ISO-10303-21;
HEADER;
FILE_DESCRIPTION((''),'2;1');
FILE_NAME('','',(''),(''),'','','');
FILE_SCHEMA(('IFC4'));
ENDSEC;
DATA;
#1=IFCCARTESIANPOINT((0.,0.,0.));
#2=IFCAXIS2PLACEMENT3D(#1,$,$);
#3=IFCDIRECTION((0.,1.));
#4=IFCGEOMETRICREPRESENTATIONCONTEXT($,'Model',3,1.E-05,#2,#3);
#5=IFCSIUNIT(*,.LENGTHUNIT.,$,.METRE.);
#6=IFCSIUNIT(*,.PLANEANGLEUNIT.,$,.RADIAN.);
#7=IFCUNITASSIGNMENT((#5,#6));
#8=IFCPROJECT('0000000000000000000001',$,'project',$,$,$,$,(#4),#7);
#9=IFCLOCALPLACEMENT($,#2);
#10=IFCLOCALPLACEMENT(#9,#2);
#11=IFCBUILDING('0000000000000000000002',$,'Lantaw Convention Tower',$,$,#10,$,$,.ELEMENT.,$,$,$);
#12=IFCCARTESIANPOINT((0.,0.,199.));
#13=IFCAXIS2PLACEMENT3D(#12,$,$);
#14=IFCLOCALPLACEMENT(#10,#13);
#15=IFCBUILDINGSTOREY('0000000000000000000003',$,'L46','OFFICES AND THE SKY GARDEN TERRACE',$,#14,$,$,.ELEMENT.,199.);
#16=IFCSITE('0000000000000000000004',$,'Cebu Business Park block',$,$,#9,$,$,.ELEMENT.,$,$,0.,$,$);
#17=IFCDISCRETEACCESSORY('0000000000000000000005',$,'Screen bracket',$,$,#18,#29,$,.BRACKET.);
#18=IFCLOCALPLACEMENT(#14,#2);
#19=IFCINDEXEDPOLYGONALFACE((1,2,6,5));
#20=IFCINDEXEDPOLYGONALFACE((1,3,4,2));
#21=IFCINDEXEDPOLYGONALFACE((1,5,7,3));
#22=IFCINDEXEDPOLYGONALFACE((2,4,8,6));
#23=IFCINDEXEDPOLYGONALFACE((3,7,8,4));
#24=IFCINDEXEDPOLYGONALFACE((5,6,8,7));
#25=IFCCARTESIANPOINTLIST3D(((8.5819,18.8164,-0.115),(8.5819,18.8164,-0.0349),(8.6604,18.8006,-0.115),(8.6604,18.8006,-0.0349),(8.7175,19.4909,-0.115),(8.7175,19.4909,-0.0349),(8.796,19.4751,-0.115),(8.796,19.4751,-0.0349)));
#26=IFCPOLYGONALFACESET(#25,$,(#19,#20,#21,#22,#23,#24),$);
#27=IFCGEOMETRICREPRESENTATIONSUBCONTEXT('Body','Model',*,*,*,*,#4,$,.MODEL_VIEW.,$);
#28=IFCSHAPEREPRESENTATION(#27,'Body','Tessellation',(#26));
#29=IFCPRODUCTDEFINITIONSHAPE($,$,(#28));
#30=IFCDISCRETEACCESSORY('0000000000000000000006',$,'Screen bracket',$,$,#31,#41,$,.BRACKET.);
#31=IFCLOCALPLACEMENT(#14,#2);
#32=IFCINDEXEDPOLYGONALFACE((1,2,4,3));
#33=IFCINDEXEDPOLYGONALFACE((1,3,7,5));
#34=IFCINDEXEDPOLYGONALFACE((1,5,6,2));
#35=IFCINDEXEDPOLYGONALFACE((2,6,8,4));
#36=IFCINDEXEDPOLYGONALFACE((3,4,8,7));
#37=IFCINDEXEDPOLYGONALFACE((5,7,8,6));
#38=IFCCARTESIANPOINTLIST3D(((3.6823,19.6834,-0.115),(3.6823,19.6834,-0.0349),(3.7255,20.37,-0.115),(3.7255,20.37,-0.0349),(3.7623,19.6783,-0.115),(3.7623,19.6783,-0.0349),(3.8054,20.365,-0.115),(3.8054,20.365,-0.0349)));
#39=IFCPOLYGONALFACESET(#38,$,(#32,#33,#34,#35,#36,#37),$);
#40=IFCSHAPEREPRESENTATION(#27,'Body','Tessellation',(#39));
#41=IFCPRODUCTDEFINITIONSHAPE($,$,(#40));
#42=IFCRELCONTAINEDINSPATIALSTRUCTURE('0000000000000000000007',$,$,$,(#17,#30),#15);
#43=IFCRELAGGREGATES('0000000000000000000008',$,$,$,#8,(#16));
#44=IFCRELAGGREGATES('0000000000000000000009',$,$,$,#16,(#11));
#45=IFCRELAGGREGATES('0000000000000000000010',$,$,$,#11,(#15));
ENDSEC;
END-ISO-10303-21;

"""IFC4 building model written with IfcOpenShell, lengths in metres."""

from ifc_helpers import new_model, si_unit, direction, frame, origin, origin_2d, place, context, subcontext, project, spatial, rectangle, extrude, element, save


model = new_model("IFC4")

# Units and contexts
model_context = context("Model", 3, precision=1e-05, world=origin(), true_north=direction((0.0, 1.0)))
body_context = subcontext(model_context, "Body", "Model", "MODEL_VIEW")
ifc_project = project(units=[si_unit("LENGTHUNIT", "METRE"), si_unit("PLANEANGLEUNIT", "RADIAN")], contexts=[model_context])

# Site, building, storey
site_placement = place(None, origin())
site = spatial("IfcSite", under=ifc_project, at=site_placement, Name="Cebu Business Park block", CompositionType="ELEMENT", RefElevation=0.0)
building_placement = place(site_placement, origin())
building = spatial("IfcBuilding", under=site, at=building_placement, Name="Lantaw Convention Tower", CompositionType="ELEMENT")
storey_placement = place(building_placement, frame((0.0, 0.0, 199.0)))
storey = spatial("IfcBuildingStorey", under=building, at=storey_placement, Name="L46", Description="OFFICES AND THE SKY GARDEN TERRACE", CompositionType="ELEMENT", Elevation=199.0)

# Discrete accessories
for number, where, z_axis, x_axis, name in (
    (1, (8.689, 19.1458, -0.115), (0.0, 0.0, 1.0), (-0.980367, 0.197183, 0.0), "Screen bracket"),
    (2, (3.7439, 20.0242, -0.115), (0.0, 0.0, 1.0), (-0.998029, 0.062758, 0.0), "Screen bracket"),
):
    element("IfcDiscreteAccessory", number, at=place(storey_placement, frame(where, z_axis=z_axis, x_axis=x_axis)), inside=storey, Name=name, PredefinedType="BRACKET", context=body_context, shape_type="SweptSolid", body=[
        extrude(rectangle(XDim=0.0801, YDim=0.688, at=origin_2d()), origin(), (0.0, 0.0, 1.0), 0.0801),
    ])

save(model, "model.ifc")
